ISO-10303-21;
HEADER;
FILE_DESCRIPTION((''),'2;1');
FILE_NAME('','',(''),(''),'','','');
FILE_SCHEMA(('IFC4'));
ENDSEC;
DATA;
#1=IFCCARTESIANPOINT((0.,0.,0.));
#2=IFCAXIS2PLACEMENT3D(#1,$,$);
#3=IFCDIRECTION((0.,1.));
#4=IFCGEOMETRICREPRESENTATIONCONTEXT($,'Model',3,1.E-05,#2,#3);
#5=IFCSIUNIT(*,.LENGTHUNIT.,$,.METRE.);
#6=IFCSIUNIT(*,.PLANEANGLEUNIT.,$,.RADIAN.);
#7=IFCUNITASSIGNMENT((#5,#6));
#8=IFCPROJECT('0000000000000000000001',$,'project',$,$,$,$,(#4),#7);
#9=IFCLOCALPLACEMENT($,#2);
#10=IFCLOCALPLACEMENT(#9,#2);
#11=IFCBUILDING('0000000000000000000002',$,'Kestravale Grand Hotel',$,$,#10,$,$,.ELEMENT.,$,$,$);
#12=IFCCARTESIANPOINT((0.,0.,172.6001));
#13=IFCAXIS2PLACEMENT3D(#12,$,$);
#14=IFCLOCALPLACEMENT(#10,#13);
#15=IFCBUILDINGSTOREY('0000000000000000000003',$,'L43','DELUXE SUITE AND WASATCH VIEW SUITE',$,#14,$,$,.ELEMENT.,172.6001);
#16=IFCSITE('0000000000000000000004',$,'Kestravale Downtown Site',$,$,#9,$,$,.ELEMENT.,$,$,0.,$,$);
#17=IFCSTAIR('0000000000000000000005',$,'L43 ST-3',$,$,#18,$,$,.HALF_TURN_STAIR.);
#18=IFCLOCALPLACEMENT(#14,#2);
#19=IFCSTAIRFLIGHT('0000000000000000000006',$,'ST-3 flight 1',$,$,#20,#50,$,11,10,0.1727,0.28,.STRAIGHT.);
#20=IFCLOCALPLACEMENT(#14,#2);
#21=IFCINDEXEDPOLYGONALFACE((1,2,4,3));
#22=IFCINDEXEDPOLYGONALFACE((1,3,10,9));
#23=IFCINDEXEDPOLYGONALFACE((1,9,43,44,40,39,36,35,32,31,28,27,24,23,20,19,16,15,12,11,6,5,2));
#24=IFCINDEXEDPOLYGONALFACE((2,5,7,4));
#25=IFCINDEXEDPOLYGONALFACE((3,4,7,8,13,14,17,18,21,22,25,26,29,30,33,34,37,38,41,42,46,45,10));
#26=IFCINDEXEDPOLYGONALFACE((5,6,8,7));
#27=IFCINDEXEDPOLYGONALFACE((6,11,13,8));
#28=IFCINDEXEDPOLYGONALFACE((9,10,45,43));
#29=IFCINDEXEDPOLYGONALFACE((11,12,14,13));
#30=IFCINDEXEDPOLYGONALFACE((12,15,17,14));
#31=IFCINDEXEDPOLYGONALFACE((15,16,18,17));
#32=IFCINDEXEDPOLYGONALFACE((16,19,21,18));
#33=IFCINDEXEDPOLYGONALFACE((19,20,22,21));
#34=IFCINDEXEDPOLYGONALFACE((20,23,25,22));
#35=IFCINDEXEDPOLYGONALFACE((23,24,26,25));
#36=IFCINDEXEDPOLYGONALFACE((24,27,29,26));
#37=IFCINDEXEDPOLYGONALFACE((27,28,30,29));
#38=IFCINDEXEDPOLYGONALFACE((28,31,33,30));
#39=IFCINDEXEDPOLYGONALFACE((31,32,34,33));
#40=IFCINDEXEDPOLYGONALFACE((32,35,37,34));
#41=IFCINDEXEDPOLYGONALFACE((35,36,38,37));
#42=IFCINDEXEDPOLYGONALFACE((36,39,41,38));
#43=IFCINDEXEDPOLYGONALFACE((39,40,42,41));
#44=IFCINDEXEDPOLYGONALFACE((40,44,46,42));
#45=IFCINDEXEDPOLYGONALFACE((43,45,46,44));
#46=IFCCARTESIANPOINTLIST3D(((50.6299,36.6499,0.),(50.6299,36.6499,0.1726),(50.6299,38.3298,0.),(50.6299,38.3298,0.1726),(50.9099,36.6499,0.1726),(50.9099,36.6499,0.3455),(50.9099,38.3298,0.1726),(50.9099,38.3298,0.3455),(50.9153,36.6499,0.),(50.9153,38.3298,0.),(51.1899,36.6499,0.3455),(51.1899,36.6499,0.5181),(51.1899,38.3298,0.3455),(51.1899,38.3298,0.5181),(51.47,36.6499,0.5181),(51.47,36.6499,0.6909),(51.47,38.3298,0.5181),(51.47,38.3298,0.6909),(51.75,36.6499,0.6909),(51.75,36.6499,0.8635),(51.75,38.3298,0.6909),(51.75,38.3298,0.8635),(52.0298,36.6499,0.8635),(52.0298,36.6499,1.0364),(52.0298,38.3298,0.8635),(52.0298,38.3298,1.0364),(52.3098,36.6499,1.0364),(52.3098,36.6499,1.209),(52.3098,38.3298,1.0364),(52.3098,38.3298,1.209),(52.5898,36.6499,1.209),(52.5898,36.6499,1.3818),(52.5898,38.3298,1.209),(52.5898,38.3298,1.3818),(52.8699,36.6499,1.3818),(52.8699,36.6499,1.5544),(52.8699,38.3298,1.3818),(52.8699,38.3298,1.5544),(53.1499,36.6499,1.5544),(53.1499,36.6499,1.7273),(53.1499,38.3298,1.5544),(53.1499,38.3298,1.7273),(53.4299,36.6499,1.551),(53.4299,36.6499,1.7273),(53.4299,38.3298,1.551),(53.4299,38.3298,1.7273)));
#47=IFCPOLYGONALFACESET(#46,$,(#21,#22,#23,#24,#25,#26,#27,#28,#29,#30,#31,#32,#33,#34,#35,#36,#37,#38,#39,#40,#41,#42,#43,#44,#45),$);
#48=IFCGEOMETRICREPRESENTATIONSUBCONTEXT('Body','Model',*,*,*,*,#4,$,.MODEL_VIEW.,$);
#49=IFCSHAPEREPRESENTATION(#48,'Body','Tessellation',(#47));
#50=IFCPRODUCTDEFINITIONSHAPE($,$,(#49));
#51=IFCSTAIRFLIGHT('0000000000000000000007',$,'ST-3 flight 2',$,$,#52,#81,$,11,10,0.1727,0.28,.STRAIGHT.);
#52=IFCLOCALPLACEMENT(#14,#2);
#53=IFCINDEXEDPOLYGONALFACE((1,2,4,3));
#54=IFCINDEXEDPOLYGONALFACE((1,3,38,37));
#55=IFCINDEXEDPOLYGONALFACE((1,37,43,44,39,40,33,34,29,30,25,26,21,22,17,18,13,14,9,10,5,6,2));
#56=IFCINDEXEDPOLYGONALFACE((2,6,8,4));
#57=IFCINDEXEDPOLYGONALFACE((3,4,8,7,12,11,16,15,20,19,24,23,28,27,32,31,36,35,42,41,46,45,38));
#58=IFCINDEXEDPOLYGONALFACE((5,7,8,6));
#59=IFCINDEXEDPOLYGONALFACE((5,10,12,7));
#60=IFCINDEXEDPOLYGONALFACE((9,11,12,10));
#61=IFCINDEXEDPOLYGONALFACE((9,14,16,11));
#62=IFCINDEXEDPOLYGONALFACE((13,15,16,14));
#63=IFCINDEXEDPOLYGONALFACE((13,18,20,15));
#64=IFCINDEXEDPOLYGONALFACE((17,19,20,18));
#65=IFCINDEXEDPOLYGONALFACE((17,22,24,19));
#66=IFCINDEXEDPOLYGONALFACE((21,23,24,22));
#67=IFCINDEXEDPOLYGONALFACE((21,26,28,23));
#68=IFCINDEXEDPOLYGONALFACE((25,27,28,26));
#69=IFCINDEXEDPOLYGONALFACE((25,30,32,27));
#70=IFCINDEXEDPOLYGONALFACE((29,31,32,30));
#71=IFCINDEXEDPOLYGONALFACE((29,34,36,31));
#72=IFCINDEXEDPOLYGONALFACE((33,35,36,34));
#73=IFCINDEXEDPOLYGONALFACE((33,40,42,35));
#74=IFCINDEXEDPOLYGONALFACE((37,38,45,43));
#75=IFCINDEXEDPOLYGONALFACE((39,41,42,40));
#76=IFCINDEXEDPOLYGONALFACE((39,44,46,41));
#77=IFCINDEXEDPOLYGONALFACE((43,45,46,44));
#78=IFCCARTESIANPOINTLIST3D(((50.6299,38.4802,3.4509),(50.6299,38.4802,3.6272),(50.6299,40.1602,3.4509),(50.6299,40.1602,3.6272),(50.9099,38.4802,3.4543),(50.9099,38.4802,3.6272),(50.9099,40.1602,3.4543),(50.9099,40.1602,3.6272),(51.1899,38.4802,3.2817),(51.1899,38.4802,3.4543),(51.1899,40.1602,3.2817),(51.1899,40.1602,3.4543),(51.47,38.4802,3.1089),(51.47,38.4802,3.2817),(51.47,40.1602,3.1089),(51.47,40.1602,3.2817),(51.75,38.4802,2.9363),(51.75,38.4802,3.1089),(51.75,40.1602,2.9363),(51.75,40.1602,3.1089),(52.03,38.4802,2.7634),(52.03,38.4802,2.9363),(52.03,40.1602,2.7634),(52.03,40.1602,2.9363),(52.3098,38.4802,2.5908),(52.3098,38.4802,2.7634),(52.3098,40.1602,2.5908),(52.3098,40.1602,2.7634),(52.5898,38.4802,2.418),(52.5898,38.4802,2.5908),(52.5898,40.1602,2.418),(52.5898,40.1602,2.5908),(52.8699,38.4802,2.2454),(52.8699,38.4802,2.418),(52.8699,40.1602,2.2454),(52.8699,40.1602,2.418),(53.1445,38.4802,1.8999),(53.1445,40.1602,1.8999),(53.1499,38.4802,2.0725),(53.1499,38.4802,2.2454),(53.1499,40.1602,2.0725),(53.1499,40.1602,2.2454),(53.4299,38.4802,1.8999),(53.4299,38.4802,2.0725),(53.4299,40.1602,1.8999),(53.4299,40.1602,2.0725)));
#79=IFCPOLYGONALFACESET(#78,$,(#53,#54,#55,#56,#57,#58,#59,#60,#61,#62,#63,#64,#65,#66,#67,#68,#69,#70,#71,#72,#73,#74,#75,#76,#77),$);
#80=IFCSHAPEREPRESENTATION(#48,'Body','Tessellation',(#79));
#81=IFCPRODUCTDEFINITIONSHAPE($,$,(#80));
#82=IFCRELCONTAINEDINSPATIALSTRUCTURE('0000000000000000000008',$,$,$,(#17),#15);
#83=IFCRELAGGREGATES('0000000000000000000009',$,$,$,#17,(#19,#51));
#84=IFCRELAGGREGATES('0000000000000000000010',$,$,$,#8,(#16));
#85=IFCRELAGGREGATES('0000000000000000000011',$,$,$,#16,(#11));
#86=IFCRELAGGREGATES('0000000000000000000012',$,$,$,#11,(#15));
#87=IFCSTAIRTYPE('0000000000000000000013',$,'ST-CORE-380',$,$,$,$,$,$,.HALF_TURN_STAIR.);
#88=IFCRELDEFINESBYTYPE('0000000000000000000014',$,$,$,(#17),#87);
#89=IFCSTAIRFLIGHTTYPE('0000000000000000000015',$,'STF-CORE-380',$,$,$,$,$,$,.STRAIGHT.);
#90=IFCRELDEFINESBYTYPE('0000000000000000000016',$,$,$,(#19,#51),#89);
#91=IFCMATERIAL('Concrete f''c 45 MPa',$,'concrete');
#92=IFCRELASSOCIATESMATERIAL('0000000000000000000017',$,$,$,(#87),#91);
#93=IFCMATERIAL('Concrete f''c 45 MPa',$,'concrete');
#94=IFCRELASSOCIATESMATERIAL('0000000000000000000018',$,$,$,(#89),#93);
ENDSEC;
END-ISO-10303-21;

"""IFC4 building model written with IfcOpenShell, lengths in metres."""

from ifc_helpers import new_model, si_unit, direction, frame, origin, place, context, subcontext, project, spatial, polyline, outline, extrude, material, type_object, element, aggregate, save


model = new_model("IFC4")

# Units and contexts
model_context = context("Model", 3, precision=1e-05, world=origin(), true_north=direction((0.0, 1.0)))
body_context = subcontext(model_context, "Body", "Model", "MODEL_VIEW")
ifc_project = project(units=[si_unit("LENGTHUNIT", "METRE"), si_unit("PLANEANGLEUNIT", "RADIAN")], contexts=[model_context])

# Site, building, storey
site_placement = place(None, origin())
site = spatial("IfcSite", under=ifc_project, at=site_placement, Name="Kestravale Downtown Site", CompositionType="ELEMENT", RefElevation=0.0)
building_placement = place(site_placement, origin())
building = spatial("IfcBuilding", under=site, at=building_placement, Name="Kestravale Grand Hotel", CompositionType="ELEMENT")
storey_placement = place(building_placement, frame((0.0, 0.0, 172.6001)))
storey = spatial("IfcBuildingStorey", under=building, at=storey_placement, Name="L43", Description="DELUXE SUITE AND WASATCH VIEW SUITE", CompositionType="ELEMENT", Elevation=172.6001)

# Stair, stair flights
ifc_material_1 = material(Name="Concrete f'c 45 MPa", Category="concrete")
stair_type = type_object("IfcStairType", Name="ST-CORE-380", PredefinedType="HALF_TURN_STAIR", material=ifc_material_1)
stair_placement = place(storey_placement, origin())
stair = element("IfcStair", 1, at=stair_placement, inside=storey, type_object=stair_type, Name="L43 ST-3", PredefinedType="HALF_TURN_STAIR")
ifc_material_2 = material(Name="Concrete f'c 45 MPa", Category="concrete")
stair_flight_type = type_object("IfcStairFlightType", Name="STF-CORE-380", PredefinedType="STRAIGHT", material=ifc_material_2)
stair_flight_1_placement = place(storey_placement, frame((50.6299, 37.49, 0.0), z_axis=(0.0, 0.0, 1.0), x_axis=(1.0, 0.0, 0.0)))
stair_flight_1 = element("IfcStairFlight", 2, at=stair_flight_1_placement, type_object=stair_flight_type, Name="ST-3 flight 1", NumberOfRisers=11, NumberOfTreads=10, PredefinedType="STRAIGHT", RiserHeight=0.1727, TreadLength=0.28, context=body_context, shape_type="SweptSolid", body=[
    extrude(outline(polyline([(0.0, 0.0), (0.0, 0.1726), (0.28, 0.1726), (0.28, 0.3455), (0.5601, 0.3455), (0.5601, 0.5181), (0.8401, 0.5181), (0.8401, 0.6909), (1.1201, 0.6909), (1.1201, 0.8635), (1.3999, 0.8635), (1.3999, 1.0364), (1.6799, 1.0364), (1.6799, 1.209), (1.96, 1.209), (1.96, 1.3818), (2.24, 1.3818), (2.24, 1.5544), (2.52, 1.5544), (2.52, 1.7273), (2.8, 1.7273), (2.8, 1.8999), (2.8, 1.551), (0.2854, 0.0), (0.0, 0.0)])), frame((0.0, 0.8398, 0.0), z_axis=(0.0, -1.0, 0.0), x_axis=(1.0, 0.0, 0.0)), (0.0, 0.0, 1.0), 1.6799),
])
stair_flight_2_placement = place(storey_placement, frame((53.4299, 39.3201, 1.8999), z_axis=(0.0, 0.0, 1.0), x_axis=(-1.0, 0.0, 0.0)))
stair_flight_2 = element("IfcStairFlight", 3, at=stair_flight_2_placement, type_object=stair_flight_type, Name="ST-3 flight 2", NumberOfRisers=11, NumberOfTreads=10, PredefinedType="STRAIGHT", RiserHeight=0.1727, TreadLength=0.28, context=body_context, shape_type="SweptSolid", body=[
    extrude(outline(polyline([(0.0, 0.0), (0.0, 0.1726), (0.28, 0.1726), (0.28, 0.3455), (0.5601, 0.3455), (0.5601, 0.5181), (0.8401, 0.5181), (0.8401, 0.6909), (1.1201, 0.6909), (1.1201, 0.8635), (1.3999, 0.8635), (1.3999, 1.0364), (1.6799, 1.0364), (1.6799, 1.209), (1.96, 1.209), (1.96, 1.3818), (2.24, 1.3818), (2.24, 1.5544), (2.52, 1.5544), (2.52, 1.7273), (2.8, 1.7273), (2.8, 1.8999), (2.8, 1.551), (0.2854, 0.0), (0.0, 0.0)])), frame((0.0, 0.8398, 0.0), z_axis=(0.0, -1.0, 0.0), x_axis=(1.0, 0.0, 0.0)), (0.0, 0.0, 1.0), 1.6799),
])
aggregate(stair, [stair_flight_1, stair_flight_2])

save(model, "model.ifc")
